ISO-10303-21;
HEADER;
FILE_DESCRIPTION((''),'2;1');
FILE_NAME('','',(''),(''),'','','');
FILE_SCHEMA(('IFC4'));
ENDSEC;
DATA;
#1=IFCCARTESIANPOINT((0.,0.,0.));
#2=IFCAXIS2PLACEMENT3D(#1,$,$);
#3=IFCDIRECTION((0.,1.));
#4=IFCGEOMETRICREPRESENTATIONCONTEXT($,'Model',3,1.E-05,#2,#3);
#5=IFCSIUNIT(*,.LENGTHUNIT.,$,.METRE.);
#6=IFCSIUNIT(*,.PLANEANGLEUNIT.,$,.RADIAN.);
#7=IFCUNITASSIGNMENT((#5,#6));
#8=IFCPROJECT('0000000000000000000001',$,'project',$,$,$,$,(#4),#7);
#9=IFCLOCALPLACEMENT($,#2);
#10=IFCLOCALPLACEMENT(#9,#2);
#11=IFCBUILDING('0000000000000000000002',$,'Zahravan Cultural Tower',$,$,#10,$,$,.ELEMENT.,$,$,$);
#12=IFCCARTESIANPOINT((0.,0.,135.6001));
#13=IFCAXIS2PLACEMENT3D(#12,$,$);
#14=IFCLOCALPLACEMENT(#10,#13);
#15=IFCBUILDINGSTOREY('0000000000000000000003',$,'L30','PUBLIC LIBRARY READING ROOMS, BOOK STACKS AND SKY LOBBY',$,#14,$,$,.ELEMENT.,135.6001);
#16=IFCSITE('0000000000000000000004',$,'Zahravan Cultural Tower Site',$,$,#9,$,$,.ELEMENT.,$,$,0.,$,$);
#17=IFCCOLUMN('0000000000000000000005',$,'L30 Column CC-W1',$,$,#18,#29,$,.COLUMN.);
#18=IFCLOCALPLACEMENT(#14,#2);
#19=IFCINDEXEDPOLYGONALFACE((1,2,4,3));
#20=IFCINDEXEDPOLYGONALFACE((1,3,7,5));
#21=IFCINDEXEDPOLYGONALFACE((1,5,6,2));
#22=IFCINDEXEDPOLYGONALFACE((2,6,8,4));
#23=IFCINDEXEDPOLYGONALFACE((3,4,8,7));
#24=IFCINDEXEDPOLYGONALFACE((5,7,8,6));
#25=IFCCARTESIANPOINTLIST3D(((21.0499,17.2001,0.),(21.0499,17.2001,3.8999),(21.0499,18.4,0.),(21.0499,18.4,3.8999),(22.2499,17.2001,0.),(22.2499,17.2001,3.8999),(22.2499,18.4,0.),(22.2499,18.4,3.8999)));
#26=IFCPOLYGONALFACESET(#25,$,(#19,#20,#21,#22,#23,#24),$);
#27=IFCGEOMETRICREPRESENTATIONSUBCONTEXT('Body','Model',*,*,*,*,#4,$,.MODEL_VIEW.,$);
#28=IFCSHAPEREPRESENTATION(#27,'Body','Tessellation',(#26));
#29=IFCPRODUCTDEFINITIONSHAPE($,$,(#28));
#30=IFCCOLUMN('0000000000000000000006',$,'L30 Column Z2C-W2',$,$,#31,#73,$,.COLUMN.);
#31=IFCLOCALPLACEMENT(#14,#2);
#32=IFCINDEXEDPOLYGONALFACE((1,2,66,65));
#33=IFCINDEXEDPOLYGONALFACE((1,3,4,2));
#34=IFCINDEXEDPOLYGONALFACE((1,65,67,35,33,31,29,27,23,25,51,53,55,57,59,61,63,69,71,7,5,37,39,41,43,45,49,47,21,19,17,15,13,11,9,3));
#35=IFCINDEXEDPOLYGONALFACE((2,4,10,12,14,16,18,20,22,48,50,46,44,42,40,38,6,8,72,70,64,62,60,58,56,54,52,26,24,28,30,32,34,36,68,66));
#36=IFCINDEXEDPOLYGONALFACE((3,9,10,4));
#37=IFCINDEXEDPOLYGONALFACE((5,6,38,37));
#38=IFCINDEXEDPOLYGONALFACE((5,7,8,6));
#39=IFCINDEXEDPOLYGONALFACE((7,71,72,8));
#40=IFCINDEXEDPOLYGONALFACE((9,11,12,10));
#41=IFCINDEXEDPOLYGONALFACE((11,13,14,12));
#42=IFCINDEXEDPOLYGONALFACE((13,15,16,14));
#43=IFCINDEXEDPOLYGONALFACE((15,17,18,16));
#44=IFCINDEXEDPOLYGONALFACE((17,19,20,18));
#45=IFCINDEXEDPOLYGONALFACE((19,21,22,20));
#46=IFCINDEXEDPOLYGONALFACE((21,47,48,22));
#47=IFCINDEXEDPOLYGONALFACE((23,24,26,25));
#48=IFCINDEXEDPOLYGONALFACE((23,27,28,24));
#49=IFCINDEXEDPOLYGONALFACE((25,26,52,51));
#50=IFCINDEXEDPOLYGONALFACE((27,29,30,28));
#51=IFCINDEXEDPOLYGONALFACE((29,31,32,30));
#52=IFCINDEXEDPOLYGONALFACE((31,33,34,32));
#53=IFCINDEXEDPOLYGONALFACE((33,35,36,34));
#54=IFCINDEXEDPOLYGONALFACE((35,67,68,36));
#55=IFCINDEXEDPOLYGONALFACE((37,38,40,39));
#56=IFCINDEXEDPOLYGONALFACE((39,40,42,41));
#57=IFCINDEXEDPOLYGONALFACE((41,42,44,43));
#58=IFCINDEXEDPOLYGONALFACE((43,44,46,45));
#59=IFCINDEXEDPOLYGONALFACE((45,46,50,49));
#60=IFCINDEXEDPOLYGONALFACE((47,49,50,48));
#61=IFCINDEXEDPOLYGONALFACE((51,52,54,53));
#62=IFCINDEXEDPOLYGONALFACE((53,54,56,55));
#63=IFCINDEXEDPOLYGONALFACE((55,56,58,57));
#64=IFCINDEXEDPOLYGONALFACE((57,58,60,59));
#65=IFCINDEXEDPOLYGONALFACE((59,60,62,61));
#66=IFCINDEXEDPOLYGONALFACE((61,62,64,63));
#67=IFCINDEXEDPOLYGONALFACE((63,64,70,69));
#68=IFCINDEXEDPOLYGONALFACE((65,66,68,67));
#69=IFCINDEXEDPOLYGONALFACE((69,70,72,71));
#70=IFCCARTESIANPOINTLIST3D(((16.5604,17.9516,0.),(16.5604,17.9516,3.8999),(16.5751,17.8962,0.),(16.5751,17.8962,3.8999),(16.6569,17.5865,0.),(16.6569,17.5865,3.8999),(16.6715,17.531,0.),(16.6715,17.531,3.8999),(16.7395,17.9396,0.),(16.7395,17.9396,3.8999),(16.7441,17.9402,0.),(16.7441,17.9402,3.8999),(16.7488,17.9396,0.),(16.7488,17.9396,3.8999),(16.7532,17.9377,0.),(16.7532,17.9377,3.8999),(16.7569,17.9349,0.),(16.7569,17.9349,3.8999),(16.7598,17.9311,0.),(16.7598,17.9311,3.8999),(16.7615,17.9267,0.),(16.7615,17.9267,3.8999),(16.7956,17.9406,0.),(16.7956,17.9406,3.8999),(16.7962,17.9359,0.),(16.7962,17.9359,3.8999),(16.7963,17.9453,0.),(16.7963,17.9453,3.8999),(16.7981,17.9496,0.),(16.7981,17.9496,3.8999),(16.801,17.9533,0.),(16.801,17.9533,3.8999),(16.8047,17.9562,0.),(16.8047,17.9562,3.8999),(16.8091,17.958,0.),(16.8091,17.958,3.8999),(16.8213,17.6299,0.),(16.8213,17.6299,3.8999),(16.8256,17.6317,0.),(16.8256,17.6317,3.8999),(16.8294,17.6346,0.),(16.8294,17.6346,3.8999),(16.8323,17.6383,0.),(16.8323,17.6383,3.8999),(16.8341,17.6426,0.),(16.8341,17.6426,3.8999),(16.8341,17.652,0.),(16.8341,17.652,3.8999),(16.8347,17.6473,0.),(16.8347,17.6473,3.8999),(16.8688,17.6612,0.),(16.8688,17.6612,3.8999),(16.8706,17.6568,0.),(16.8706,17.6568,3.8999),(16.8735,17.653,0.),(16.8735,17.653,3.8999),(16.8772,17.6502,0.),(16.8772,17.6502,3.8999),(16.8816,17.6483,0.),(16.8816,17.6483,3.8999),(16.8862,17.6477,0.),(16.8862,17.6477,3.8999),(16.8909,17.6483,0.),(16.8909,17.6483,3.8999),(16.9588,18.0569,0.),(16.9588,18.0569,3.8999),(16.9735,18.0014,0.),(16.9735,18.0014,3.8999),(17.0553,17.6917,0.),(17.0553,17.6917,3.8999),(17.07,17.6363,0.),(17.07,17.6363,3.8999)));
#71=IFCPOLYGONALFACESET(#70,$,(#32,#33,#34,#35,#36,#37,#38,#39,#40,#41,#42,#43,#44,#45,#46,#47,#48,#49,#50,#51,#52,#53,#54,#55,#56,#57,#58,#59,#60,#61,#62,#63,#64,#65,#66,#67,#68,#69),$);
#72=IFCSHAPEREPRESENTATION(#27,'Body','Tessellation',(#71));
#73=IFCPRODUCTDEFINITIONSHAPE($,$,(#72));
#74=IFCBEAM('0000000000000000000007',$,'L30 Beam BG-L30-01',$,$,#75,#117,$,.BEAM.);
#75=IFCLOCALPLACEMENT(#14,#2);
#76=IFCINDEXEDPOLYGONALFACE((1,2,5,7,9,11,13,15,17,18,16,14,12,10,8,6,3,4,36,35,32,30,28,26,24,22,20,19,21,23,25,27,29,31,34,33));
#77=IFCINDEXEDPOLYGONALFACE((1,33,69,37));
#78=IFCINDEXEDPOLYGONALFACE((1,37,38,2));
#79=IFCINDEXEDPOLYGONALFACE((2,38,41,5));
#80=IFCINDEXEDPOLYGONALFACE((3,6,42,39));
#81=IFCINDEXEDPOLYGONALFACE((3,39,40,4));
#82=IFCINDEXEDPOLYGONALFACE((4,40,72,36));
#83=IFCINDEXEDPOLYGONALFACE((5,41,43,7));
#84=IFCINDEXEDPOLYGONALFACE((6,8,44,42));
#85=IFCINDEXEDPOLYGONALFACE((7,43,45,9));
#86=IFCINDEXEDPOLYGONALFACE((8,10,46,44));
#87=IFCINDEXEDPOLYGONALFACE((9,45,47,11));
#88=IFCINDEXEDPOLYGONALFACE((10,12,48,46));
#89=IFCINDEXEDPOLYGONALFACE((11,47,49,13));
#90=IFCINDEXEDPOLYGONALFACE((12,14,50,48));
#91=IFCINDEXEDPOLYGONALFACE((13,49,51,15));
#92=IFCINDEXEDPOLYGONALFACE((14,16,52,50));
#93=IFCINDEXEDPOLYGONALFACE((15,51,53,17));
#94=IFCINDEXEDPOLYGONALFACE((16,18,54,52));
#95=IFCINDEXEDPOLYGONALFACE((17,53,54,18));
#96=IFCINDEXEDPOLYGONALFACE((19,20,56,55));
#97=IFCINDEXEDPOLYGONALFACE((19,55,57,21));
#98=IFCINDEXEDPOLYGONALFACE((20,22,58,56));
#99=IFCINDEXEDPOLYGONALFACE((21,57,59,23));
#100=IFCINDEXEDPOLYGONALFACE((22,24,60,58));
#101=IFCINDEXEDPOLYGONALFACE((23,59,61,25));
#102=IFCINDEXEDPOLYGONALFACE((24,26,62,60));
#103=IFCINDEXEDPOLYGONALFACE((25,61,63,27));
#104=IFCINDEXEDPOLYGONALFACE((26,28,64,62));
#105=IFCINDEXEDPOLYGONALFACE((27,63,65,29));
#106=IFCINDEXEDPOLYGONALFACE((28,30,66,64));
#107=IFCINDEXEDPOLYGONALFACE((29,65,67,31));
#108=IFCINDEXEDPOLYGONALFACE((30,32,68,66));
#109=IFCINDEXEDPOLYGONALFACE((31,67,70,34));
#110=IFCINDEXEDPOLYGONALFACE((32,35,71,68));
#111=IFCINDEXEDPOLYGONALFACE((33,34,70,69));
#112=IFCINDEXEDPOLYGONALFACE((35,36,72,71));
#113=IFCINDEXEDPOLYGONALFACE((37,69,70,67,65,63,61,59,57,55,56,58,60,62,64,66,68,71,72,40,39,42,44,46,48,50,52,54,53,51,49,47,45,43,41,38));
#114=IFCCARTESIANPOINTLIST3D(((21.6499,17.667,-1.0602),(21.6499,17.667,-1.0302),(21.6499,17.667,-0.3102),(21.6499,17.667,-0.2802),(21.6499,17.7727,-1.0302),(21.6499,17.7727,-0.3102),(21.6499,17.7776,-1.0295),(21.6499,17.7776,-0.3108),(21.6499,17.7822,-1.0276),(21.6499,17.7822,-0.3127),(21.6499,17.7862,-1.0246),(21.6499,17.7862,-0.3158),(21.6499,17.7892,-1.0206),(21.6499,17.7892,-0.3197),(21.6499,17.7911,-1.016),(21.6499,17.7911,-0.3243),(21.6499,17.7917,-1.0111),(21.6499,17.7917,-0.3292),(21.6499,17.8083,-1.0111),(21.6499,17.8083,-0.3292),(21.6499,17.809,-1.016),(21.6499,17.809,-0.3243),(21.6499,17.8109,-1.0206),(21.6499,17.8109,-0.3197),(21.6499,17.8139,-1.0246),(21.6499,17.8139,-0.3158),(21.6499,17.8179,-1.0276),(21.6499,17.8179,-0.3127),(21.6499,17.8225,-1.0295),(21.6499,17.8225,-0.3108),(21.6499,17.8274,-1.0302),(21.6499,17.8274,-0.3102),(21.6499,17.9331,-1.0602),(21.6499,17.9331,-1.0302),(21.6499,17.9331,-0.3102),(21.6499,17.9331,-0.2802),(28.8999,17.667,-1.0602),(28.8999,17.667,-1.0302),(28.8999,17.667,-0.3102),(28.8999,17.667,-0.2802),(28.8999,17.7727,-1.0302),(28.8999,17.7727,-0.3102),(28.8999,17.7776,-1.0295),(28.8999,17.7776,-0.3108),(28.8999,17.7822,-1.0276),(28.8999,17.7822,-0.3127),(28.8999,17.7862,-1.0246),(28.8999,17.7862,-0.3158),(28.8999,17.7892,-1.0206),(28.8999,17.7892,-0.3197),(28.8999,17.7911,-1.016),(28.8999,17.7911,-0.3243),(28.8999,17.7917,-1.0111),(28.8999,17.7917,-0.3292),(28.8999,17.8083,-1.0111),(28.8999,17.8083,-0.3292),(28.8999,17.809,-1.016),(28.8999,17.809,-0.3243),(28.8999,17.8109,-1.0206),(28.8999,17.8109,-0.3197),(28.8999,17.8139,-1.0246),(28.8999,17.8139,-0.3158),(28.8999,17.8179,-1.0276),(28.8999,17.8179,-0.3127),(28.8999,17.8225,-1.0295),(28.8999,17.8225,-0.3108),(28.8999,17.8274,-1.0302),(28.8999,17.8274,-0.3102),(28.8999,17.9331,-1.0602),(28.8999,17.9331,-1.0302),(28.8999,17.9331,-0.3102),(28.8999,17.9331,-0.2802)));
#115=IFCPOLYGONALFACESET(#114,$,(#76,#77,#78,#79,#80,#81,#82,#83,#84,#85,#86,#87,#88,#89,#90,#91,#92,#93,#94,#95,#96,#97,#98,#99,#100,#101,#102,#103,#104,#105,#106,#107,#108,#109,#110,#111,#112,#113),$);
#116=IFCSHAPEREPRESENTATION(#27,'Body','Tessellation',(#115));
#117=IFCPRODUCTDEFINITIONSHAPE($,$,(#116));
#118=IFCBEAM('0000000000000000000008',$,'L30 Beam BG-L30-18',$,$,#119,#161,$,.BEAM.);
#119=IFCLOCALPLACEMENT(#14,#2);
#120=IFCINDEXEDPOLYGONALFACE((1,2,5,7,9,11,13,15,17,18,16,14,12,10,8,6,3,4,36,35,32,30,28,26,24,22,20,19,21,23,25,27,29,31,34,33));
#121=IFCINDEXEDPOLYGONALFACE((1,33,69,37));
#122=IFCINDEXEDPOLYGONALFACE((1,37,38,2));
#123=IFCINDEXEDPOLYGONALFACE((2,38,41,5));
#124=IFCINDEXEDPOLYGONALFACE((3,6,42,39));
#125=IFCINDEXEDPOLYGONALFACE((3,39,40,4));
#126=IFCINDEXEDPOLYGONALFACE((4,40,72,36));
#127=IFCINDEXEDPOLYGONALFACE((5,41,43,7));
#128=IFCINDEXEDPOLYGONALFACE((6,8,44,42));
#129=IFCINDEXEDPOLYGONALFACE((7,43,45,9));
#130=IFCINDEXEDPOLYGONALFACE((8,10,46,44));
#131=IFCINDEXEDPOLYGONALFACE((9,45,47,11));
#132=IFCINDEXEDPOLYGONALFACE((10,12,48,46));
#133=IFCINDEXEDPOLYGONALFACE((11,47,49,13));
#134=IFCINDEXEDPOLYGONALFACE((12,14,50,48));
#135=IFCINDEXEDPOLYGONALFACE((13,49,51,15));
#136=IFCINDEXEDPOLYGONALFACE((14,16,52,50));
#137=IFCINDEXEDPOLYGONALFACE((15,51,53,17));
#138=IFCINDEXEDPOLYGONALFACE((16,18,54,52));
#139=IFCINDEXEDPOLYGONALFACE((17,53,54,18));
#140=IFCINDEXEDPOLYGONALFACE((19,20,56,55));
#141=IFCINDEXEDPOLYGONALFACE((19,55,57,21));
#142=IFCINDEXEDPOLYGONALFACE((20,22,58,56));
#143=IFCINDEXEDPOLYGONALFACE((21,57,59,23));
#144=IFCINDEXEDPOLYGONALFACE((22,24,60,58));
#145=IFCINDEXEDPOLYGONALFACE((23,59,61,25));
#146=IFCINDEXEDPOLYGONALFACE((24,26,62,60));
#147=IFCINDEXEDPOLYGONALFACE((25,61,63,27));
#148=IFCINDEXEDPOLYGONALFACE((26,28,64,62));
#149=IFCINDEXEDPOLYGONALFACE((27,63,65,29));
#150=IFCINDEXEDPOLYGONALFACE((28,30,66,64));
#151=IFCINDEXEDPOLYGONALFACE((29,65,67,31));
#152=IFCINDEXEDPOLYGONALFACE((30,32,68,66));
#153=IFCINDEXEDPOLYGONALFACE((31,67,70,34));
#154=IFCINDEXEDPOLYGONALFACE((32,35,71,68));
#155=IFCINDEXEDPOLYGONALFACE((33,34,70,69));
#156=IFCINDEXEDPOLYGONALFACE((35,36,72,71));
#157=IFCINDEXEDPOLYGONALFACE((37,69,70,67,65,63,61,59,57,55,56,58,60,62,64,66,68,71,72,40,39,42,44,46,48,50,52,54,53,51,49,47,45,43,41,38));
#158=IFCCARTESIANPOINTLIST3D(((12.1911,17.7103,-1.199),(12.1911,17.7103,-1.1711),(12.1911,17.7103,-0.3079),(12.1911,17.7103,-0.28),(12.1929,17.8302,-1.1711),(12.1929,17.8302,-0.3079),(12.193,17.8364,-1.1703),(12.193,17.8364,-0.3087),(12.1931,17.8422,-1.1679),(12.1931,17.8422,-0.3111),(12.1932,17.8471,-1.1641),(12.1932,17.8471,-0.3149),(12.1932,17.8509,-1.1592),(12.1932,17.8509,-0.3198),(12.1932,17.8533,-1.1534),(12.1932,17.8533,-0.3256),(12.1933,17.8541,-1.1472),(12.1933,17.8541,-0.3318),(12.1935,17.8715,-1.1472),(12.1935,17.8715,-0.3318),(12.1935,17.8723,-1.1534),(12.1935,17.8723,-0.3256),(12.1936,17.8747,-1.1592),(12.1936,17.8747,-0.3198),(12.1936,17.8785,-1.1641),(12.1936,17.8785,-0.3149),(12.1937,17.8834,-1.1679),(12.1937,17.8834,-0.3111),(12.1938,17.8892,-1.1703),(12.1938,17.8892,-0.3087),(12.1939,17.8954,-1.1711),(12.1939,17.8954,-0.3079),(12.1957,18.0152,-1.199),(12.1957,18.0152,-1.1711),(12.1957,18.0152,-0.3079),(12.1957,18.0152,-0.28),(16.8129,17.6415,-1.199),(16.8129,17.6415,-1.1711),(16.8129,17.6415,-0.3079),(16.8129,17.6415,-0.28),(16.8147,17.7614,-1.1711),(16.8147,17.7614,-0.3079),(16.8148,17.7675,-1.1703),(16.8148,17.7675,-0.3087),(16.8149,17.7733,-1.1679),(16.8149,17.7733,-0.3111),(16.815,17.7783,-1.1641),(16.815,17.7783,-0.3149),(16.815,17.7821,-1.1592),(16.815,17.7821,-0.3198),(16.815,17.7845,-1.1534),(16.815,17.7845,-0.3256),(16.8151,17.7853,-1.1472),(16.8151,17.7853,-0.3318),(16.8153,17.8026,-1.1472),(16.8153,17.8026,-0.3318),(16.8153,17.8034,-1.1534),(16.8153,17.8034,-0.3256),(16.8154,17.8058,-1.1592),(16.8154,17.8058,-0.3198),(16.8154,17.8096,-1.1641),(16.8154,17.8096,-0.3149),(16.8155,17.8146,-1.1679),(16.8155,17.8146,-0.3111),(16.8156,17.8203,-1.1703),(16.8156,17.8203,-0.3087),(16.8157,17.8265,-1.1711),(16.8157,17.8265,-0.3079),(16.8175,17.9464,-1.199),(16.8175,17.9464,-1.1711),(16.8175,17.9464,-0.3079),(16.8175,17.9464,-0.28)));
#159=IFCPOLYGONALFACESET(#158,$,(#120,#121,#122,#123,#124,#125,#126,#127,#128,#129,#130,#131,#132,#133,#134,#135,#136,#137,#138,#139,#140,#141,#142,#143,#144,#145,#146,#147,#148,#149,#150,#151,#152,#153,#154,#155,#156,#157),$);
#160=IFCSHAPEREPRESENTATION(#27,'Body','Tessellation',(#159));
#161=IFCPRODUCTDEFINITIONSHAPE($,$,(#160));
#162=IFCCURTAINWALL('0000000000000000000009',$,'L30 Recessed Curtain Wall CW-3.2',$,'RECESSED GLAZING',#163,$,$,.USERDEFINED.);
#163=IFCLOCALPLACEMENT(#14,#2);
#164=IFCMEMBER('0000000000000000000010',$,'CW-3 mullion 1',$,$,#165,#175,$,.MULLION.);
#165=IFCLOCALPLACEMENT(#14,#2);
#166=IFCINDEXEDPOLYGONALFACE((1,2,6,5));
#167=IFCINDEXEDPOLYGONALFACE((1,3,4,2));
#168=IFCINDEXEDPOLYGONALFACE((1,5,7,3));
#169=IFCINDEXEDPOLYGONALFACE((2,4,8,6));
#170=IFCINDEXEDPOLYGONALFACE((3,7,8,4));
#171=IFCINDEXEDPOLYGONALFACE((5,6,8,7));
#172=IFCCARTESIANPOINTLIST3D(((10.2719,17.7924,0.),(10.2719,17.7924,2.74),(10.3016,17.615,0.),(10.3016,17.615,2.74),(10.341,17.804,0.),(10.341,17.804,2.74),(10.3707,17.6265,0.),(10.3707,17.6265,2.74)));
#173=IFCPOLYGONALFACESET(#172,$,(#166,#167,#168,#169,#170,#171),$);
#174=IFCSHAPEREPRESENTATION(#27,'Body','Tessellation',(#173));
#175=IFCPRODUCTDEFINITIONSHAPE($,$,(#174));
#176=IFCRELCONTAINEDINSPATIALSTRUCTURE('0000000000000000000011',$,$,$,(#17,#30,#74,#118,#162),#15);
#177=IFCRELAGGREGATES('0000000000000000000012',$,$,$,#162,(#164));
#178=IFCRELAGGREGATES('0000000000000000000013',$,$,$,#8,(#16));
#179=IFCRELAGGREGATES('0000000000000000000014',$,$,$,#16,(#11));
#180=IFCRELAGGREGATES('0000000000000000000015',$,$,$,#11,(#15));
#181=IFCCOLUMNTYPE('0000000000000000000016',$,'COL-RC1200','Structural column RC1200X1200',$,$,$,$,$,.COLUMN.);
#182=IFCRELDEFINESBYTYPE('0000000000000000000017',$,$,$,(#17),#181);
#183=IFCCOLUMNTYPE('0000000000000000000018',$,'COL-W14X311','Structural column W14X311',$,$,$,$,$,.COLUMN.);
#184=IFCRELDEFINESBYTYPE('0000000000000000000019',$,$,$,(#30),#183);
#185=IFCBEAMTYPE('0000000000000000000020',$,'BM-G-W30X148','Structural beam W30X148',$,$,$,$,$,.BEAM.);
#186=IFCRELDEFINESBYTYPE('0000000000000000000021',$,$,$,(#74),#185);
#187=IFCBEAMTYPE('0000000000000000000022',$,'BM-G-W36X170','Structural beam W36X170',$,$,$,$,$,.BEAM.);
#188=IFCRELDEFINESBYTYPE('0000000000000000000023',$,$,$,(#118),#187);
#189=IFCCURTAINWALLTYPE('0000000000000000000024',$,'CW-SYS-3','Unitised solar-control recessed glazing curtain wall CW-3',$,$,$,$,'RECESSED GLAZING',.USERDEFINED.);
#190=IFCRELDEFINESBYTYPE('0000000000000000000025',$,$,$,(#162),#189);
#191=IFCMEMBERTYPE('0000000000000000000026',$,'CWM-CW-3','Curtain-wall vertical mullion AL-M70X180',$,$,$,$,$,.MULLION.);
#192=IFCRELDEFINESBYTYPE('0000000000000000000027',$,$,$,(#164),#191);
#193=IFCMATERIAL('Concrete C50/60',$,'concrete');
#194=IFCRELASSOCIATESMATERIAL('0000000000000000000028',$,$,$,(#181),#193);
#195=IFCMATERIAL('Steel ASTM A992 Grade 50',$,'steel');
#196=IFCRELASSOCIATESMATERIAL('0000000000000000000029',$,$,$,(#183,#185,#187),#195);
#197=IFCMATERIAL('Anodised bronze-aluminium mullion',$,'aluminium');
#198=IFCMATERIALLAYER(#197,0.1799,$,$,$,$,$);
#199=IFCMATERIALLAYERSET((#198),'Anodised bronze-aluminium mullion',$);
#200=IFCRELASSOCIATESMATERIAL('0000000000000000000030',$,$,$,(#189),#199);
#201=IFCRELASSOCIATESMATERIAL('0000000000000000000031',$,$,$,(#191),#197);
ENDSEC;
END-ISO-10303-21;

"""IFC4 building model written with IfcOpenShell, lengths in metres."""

from ifc_helpers import new_model, si_unit, direction, frame, origin, origin_2d, place, context, subcontext, project, spatial, rectangle, i_section, extrude, source, transform, mapped, material, layer, layer_set, material_profile, profile_set, type_object, element, aggregate, save


model = new_model("IFC4")

# Units and contexts
model_context = context("Model", 3, precision=1e-05, world=origin(), true_north=direction((0.0, 1.0)))
body_context = subcontext(model_context, "Body", "Model", "MODEL_VIEW")
ifc_project = project(units=[si_unit("LENGTHUNIT", "METRE"), si_unit("PLANEANGLEUNIT", "RADIAN")], contexts=[model_context])

# Site, building, storey
site_placement = place(None, origin())
site = spatial("IfcSite", under=ifc_project, at=site_placement, Name="Zahravan Cultural Tower Site", CompositionType="ELEMENT", RefElevation=0.0)
building_placement = place(site_placement, origin())
building = spatial("IfcBuilding", under=site, at=building_placement, Name="Zahravan Cultural Tower", CompositionType="ELEMENT")
storey_placement = place(building_placement, frame((0.0, 0.0, 135.6001)))
storey = spatial("IfcBuildingStorey", under=building, at=storey_placement, Name="L30", Description="PUBLIC LIBRARY READING ROOMS, BOOK STACKS AND SKY LOBBY", CompositionType="ELEMENT", Elevation=135.6001)

# Columns
ifc_material_1 = material(Name="Concrete C50/60", Category="concrete")
ifc_material_profile_1 = material_profile(ifc_material_1, rectangle(XDim=1.2, YDim=1.2, at=origin_2d()), Name="RC1200X1200")
ifc_profile_set_1 = profile_set([ifc_material_profile_1], Name="Concrete C50/60")
column_type_1 = type_object("IfcColumnType", Name="COL-RC1200", Description="Structural column RC1200X1200", PredefinedType="COLUMN", material=ifc_profile_set_1)
shared_shape_1 = source(origin(), body_context, "Body", "SweptSolid", [
    extrude(rectangle(XDim=1.2, YDim=1.2, at=origin_2d()), origin(), (0.0, 0.0, 1.0), 3.8999),
])
column_1_placement = place(storey_placement, frame((21.6499, 17.8, 0.0), z_axis=(0.0, 0.0, 1.0), x_axis=(1.0, 0.0, 0.0)))
element("IfcColumn", 1, at=column_1_placement, inside=storey, type_object=column_type_1, Name="L30 Column CC-W1", PredefinedType="COLUMN", context=body_context, shape_type="MappedRepresentation", body=[
    mapped(shared_shape_1, transform((0.0, 0.0, 0.0), x_axis=(1.0, 0.0, 0.0), y_axis=(0.0, 1.0, 0.0), z_axis=(0.0, 0.0, 1.0), scale=1.0)),
])
ifc_material_2 = material(Name="Steel ASTM A992 Grade 50", Category="steel")
ifc_material_profile_2 = material_profile(ifc_material_2, i_section(OverallWidth=0.4121, OverallDepth=0.4351, WebThickness=0.0359, FlangeThickness=0.0574, FilletRadius=0.0181, at=origin_2d()), Name="W14X311")
ifc_profile_set_2 = profile_set([ifc_material_profile_2], Name="Steel ASTM A992 Grade 50")
column_type_2 = type_object("IfcColumnType", Name="COL-W14X311", Description="Structural column W14X311", PredefinedType="COLUMN", material=ifc_profile_set_2)
shared_shape_2 = source(origin(), body_context, "Body", "SweptSolid", [
    extrude(i_section(OverallWidth=0.4121, OverallDepth=0.4351, WebThickness=0.0359, FlangeThickness=0.0574, FilletRadius=0.0181, at=origin_2d()), origin(), (0.0, 0.0, 1.0), 3.8999),
])
column_2_placement = place(storey_placement, frame((16.8152, 17.7939, 0.0), z_axis=(0.0, 0.0, 1.0), x_axis=(0.966823, 0.255446, 0.0)))
element("IfcColumn", 2, at=column_2_placement, inside=storey, type_object=column_type_2, Name="L30 Column Z2C-W2", PredefinedType="COLUMN", context=body_context, shape_type="MappedRepresentation", body=[
    mapped(shared_shape_2, transform((0.0, 0.0, 0.0), x_axis=(1.0, 0.0, 0.0), y_axis=(0.0, 1.0, 0.0), z_axis=(0.0, 0.0, 1.0), scale=1.0)),
])

# Beams
ifc_material_profile_3 = material_profile(ifc_material_2, i_section(OverallWidth=0.2661, OverallDepth=0.78, WebThickness=0.0166, FlangeThickness=0.03, FilletRadius=0.019, at=origin_2d()), Name="W30X148")
ifc_profile_set_3 = profile_set([ifc_material_profile_3], Name="Steel ASTM A992 Grade 50")
beam_type_1 = type_object("IfcBeamType", Name="BM-G-W30X148", Description="Structural beam W30X148", PredefinedType="BEAM", material=ifc_profile_set_3)
shared_shape_3 = source(origin(), body_context, "Body", "SweptSolid", [
    extrude(i_section(OverallWidth=0.2661, OverallDepth=0.78, WebThickness=0.0166, FlangeThickness=0.03, FilletRadius=0.019, at=origin_2d()), origin(), (0.0, 0.0, 1.0), 7.25),
])
beam_1_placement = place(storey_placement, frame((21.6499, 17.8, -0.6702), z_axis=(1.0, 0.0, 0.0), x_axis=(0.0, 1.0, 0.0)))
element("IfcBeam", 3, at=beam_1_placement, inside=storey, type_object=beam_type_1, Name="L30 Beam BG-L30-01", PredefinedType="BEAM", context=body_context, shape_type="MappedRepresentation", body=[
    mapped(shared_shape_3, transform((0.0, 0.0, 0.0), x_axis=(1.0, 0.0, 0.0), y_axis=(0.0, 1.0, 0.0), z_axis=(0.0, 0.0, 1.0), scale=1.0)),
])
ifc_material_profile_4 = material_profile(ifc_material_2, i_section(OverallWidth=0.3049, OverallDepth=0.9189, WebThickness=0.0173, FlangeThickness=0.0278, FilletRadius=0.0239, at=origin_2d()), Name="W36X170")
ifc_profile_set_4 = profile_set([ifc_material_profile_4], Name="Steel ASTM A992 Grade 50")
beam_type_2 = type_object("IfcBeamType", Name="BM-G-W36X170", Description="Structural beam W36X170", PredefinedType="BEAM", material=ifc_profile_set_4)
shared_shape_4 = source(origin(), body_context, "Body", "SweptSolid", [
    extrude(i_section(OverallWidth=0.3049, OverallDepth=0.9189, WebThickness=0.0173, FlangeThickness=0.0278, FilletRadius=0.0239, at=origin_2d()), origin(), (0.0, 0.0, 1.0), 4.6223),
])
beam_2_placement = place(storey_placement, frame((16.8152, 17.7939, -0.7395), z_axis=(-0.999889, 0.014895, 0.0), x_axis=(-0.014895, -0.999889, 0.0)))
element("IfcBeam", 4, at=beam_2_placement, inside=storey, type_object=beam_type_2, Name="L30 Beam BG-L30-18", PredefinedType="BEAM", context=body_context, shape_type="MappedRepresentation", body=[
    mapped(shared_shape_4, transform((0.0, 0.0, 0.0), x_axis=(1.0, 0.0, 0.0), y_axis=(0.0, 1.0, 0.0), z_axis=(0.0, 0.0, 1.0), scale=1.0)),
])

# Curtain wall, member
ifc_material_3 = material(Name="Anodised bronze-aluminium mullion", Category="aluminium")
ifc_layer_1 = layer(ifc_material_3, 0.1799)
ifc_layer_set_1 = layer_set([ifc_layer_1], Name="Anodised bronze-aluminium mullion")
curtain_wall_type = type_object("IfcCurtainWallType", Name="CW-SYS-3", Description="Unitised solar-control recessed glazing curtain wall CW-3", ElementType="RECESSED GLAZING", PredefinedType="USERDEFINED", material=ifc_layer_set_1)
curtain_wall_placement = place(storey_placement, origin())
curtain_wall = element("IfcCurtainWall", 5, at=curtain_wall_placement, inside=storey, type_object=curtain_wall_type, Name="L30 Recessed Curtain Wall CW-3.2", ObjectType="RECESSED GLAZING", PredefinedType="USERDEFINED")
ifc_material_profile_5 = material_profile(ifc_material_3, rectangle(XDim=0.0701, YDim=0.1799, at=origin_2d()), Name="AL-M70X180")
ifc_profile_set_5 = profile_set([ifc_material_profile_5], Name="Anodised bronze-aluminium mullion")
member_type_1 = type_object("IfcMemberType", Name="CWM-CW-3", Description="Curtain-wall vertical mullion AL-M70X180", PredefinedType="MULLION", material=ifc_profile_set_5)
shared_shape_5 = source(origin(), body_context, "Body", "SweptSolid", [
    extrude(rectangle(XDim=0.0701, YDim=0.1799, at=origin_2d()), origin(), (0.0, 0.0, 1.0), 2.74),
])
member_1_placement = place(storey_placement, frame((10.3213, 17.7095, 0.0), z_axis=(0.0, 0.0, 1.0), x_axis=(-0.986285, -0.165051, 0.0)))
member_1 = element("IfcMember", 6, at=member_1_placement, type_object=member_type_1, Name="CW-3 mullion 1", PredefinedType="MULLION", context=body_context, shape_type="MappedRepresentation", body=[
    mapped(shared_shape_5, transform((0.0, 0.0, 0.0), x_axis=(1.0, 0.0, 0.0), y_axis=(0.0, 1.0, 0.0), z_axis=(0.0, 0.0, 1.0), scale=1.0)),
])
aggregate(curtain_wall, [member_1])

save(model, "model.ifc")
